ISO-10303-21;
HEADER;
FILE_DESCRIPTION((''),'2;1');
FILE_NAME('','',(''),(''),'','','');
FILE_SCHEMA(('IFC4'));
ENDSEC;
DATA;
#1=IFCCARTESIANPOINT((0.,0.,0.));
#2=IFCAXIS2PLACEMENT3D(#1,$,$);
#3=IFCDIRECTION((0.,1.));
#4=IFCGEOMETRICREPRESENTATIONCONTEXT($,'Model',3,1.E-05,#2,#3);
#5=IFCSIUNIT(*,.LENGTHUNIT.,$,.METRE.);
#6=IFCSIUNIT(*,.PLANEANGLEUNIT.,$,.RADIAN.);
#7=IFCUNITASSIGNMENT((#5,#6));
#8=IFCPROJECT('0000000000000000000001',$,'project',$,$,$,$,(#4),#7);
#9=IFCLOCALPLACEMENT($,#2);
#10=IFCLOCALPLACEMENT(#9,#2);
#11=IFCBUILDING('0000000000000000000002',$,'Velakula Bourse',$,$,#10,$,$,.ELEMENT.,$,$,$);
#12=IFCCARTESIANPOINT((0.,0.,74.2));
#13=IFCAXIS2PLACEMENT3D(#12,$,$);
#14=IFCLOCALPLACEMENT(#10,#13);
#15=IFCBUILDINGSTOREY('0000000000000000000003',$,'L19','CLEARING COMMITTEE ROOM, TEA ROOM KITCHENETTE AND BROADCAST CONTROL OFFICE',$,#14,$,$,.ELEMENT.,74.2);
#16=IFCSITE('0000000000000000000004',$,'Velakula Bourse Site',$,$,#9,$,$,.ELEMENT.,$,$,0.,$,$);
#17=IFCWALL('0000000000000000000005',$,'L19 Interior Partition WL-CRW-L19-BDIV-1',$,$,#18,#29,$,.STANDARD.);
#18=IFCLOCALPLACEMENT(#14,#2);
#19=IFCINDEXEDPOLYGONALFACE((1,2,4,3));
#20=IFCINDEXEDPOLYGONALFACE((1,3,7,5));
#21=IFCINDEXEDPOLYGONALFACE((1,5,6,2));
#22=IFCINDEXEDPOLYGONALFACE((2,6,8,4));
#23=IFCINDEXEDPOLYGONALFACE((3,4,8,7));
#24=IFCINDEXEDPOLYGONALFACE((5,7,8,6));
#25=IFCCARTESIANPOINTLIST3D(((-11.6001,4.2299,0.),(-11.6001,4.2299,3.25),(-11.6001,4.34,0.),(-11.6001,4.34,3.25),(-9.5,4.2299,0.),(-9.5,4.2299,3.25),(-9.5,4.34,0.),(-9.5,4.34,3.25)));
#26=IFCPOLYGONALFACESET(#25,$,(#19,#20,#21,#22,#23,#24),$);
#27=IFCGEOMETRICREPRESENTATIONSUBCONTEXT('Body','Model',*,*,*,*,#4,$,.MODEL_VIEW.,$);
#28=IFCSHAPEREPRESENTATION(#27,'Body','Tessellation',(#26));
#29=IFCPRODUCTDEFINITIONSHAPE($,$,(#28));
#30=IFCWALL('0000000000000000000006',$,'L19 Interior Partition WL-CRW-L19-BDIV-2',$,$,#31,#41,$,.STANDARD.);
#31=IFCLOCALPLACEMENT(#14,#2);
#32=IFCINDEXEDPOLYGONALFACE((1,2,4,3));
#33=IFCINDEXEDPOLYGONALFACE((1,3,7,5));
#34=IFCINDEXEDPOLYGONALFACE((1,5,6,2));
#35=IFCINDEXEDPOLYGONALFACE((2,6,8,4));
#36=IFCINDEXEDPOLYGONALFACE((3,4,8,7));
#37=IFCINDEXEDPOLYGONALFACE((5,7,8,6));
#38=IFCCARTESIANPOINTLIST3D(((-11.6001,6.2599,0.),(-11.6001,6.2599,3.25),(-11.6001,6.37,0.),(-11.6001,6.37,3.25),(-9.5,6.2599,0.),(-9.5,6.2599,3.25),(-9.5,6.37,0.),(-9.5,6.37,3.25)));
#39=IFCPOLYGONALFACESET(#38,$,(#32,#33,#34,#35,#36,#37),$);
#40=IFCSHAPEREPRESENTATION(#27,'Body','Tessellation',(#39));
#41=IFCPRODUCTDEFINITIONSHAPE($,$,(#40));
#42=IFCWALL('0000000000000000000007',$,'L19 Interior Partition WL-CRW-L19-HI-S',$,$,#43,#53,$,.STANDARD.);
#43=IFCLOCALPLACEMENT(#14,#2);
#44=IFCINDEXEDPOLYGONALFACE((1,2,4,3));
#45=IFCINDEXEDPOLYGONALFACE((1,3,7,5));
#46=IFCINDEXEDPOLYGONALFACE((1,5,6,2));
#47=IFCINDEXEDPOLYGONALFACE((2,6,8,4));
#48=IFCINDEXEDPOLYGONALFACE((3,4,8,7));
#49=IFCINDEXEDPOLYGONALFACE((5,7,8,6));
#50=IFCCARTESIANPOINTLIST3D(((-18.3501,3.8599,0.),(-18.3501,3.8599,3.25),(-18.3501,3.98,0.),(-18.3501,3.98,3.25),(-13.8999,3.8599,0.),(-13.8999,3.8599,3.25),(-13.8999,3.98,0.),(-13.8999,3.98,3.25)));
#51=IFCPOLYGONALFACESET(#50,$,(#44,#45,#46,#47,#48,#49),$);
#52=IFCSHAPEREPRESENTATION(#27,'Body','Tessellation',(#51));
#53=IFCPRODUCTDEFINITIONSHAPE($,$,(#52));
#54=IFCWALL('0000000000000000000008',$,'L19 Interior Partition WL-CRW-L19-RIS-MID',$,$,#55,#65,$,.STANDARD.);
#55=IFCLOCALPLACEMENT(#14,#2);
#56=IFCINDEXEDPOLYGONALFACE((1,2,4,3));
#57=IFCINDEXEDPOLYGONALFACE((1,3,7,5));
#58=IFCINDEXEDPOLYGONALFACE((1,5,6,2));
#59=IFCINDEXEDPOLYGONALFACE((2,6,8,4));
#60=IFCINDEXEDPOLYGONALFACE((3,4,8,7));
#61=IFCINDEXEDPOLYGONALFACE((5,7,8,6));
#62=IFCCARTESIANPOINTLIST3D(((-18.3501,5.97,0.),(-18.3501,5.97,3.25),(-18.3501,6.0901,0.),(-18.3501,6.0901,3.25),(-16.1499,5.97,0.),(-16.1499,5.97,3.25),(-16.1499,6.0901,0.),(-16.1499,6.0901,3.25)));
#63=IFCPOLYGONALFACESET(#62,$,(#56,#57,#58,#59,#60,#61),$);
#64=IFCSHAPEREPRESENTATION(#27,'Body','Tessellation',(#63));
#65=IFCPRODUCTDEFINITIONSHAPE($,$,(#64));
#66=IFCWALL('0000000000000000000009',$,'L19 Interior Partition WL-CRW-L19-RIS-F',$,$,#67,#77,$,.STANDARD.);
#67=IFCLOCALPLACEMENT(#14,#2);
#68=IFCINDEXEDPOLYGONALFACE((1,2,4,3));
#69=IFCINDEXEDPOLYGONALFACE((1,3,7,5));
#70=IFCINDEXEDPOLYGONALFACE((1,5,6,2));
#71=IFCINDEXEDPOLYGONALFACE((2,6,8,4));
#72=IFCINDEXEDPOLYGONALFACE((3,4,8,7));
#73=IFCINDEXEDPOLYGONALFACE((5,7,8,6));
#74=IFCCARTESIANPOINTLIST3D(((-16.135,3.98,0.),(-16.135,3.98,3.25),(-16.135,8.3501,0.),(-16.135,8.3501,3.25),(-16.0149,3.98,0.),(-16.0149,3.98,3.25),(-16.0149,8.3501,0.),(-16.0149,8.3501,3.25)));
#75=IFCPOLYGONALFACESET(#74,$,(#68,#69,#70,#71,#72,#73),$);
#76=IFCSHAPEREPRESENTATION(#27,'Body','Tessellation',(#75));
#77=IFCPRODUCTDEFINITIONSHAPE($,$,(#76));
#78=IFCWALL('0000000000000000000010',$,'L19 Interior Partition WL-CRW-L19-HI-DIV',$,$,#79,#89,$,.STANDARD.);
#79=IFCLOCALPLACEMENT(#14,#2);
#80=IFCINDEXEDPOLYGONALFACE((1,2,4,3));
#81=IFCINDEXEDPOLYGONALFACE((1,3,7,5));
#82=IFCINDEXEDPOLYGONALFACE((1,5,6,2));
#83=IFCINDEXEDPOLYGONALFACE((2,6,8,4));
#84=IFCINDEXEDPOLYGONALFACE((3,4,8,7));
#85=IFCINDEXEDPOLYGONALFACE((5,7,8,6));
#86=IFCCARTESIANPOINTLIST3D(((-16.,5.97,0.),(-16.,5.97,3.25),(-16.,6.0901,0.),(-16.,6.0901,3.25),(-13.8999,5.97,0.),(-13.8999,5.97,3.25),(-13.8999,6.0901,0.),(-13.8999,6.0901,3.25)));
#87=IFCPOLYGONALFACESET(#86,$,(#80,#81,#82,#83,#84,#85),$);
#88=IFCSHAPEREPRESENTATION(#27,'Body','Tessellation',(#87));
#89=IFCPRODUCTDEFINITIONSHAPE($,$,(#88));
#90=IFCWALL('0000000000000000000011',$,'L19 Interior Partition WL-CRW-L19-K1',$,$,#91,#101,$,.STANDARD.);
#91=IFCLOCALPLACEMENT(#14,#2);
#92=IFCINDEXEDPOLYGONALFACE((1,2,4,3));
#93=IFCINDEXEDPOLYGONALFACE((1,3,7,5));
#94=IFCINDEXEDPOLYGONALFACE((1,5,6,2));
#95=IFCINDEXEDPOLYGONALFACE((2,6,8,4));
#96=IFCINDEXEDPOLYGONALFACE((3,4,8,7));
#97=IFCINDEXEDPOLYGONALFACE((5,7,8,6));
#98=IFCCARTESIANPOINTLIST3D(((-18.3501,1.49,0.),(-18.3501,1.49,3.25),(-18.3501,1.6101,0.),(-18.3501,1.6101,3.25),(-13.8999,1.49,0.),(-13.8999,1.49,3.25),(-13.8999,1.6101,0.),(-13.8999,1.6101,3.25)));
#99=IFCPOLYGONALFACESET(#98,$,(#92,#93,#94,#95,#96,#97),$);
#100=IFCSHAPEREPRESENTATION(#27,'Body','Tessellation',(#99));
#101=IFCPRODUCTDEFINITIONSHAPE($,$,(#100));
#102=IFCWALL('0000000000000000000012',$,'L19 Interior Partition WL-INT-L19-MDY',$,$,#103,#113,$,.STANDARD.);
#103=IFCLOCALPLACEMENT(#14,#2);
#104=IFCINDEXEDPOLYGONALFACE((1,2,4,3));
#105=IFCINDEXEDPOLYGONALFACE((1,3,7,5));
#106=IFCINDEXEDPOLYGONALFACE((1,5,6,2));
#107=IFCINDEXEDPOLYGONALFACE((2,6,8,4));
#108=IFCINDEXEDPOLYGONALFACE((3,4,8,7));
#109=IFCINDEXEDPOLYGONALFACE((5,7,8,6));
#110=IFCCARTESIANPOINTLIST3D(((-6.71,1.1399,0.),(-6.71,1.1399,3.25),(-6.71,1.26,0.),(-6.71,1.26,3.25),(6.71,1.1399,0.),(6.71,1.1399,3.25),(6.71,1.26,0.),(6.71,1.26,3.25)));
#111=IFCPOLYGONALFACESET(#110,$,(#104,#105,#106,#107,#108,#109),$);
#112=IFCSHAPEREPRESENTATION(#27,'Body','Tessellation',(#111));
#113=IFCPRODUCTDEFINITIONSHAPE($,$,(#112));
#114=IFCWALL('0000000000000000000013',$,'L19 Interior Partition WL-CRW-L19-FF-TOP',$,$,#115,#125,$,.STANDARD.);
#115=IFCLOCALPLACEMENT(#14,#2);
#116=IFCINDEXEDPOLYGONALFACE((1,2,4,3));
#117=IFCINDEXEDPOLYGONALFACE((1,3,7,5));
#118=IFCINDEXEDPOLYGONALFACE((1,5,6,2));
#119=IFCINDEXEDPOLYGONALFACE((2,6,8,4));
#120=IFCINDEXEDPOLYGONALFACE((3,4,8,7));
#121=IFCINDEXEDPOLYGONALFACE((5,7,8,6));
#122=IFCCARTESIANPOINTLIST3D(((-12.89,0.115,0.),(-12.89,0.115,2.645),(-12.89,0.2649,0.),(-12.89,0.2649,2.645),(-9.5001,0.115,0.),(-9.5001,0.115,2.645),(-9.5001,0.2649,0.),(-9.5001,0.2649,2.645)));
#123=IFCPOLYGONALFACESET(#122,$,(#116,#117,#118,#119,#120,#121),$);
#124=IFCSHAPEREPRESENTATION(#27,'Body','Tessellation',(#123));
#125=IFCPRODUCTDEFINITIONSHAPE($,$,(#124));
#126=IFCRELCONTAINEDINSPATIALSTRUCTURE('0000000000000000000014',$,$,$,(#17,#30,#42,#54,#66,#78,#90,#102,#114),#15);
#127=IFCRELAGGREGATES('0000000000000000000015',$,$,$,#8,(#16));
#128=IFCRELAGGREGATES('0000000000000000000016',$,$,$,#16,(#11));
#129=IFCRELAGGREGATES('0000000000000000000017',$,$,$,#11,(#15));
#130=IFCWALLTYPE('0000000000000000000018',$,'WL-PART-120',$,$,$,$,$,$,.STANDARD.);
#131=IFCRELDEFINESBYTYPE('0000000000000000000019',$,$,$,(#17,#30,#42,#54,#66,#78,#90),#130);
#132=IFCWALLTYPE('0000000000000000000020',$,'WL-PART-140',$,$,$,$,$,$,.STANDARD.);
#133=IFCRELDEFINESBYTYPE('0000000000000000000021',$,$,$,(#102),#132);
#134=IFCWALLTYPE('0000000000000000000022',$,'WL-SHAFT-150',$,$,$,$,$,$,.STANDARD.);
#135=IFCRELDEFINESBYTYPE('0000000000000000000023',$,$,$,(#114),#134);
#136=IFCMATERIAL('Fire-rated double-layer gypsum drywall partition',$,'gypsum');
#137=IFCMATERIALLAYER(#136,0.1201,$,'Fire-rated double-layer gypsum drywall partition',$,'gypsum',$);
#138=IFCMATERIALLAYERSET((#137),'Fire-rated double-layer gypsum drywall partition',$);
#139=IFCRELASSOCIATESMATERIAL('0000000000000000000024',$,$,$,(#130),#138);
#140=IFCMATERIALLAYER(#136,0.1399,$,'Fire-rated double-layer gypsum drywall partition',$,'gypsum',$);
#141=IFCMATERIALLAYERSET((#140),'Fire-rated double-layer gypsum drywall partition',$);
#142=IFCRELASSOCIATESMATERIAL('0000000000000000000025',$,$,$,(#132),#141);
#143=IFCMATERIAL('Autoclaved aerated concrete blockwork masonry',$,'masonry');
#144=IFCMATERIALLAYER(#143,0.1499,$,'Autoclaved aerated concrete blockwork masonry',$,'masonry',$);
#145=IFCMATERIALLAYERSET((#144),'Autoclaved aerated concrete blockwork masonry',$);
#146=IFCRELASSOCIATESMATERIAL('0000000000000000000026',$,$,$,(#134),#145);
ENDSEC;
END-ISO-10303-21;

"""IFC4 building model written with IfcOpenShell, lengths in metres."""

from ifc_helpers import new_model, si_unit, direction, frame, frame_2d, origin, place, context, subcontext, project, spatial, rectangle, extrude, material, layer, layer_set, type_object, element, save


model = new_model("IFC4")

# Units and contexts
model_context = context("Model", 3, precision=1e-05, world=origin(), true_north=direction((0.0, 1.0)))
body_context = subcontext(model_context, "Body", "Model", "MODEL_VIEW")
ifc_project = project(units=[si_unit("LENGTHUNIT", "METRE"), si_unit("PLANEANGLEUNIT", "RADIAN")], contexts=[model_context])

# Site, building, storey
site_placement = place(None, origin())
site = spatial("IfcSite", under=ifc_project, at=site_placement, Name="Velakula Bourse Site", CompositionType="ELEMENT", RefElevation=0.0)
building_placement = place(site_placement, origin())
building = spatial("IfcBuilding", under=site, at=building_placement, Name="Velakula Bourse", CompositionType="ELEMENT")
storey_placement = place(building_placement, frame((0.0, 0.0, 74.2)))
storey = spatial("IfcBuildingStorey", under=building, at=storey_placement, Name="L19", Description="CLEARING COMMITTEE ROOM, TEA ROOM KITCHENETTE AND BROADCAST CONTROL OFFICE", CompositionType="ELEMENT", Elevation=74.2)

# Walls
ifc_material_1 = material(Name="Fire-rated double-layer gypsum drywall partition", Category="gypsum")
ifc_layer_1 = layer(ifc_material_1, 0.1201, Name="Fire-rated double-layer gypsum drywall partition", Category="gypsum")
ifc_layer_set_1 = layer_set([ifc_layer_1], Name="Fire-rated double-layer gypsum drywall partition")
wall_type_1 = type_object("IfcWallType", Name="WL-PART-120", PredefinedType="STANDARD", material=ifc_layer_set_1)
for number, where, z_axis, x_axis, name in (
    (1, (-11.6001, 4.2849, 0.0), (0.0, 0.0, 1.0), (1.0, 0.0, 0.0), "L19 Interior Partition WL-CRW-L19-BDIV-1"),
    (2, (-11.6001, 6.3149, 0.0), (0.0, 0.0, 1.0), (1.0, 0.0, 0.0), "L19 Interior Partition WL-CRW-L19-BDIV-2"),
):
    element("IfcWall", number, at=place(storey_placement, frame(where, z_axis=z_axis, x_axis=x_axis)), inside=storey, type_object=wall_type_1, Name=name, PredefinedType="STANDARD", context=body_context, shape_type="SweptSolid", body=[
        extrude(rectangle(XDim=2.1001, YDim=0.1101, at=frame_2d((1.05, 0.0))), origin(), (0.0, 0.0, 1.0), 3.25),
    ])
wall_1_placement = place(storey_placement, frame((-18.3501, 3.9199, 0.0), z_axis=(0.0, 0.0, 1.0), x_axis=(1.0, 0.0, 0.0)))
element("IfcWall", 3, at=wall_1_placement, inside=storey, type_object=wall_type_1, Name="L19 Interior Partition WL-CRW-L19-HI-S", PredefinedType="STANDARD", context=body_context, shape_type="SweptSolid", body=[
    extrude(rectangle(XDim=4.4502, YDim=0.1201, at=frame_2d((2.2251, 0.0))), origin(), (0.0, 0.0, 1.0), 3.25),
])
wall_2_placement = place(storey_placement, frame((-18.3501, 6.03, 0.0), z_axis=(0.0, 0.0, 1.0), x_axis=(1.0, 0.0, 0.0)))
element("IfcWall", 4, at=wall_2_placement, inside=storey, type_object=wall_type_1, Name="L19 Interior Partition WL-CRW-L19-RIS-MID", PredefinedType="STANDARD", context=body_context, shape_type="SweptSolid", body=[
    extrude(rectangle(XDim=2.2002, YDim=0.1201, at=frame_2d((1.1001, 0.0))), origin(), (0.0, 0.0, 1.0), 3.25),
])
wall_3_placement = place(storey_placement, frame((-16.075, 3.98, 0.0), z_axis=(0.0, 0.0, 1.0), x_axis=(0.0, 1.0, 0.0)))
element("IfcWall", 5, at=wall_3_placement, inside=storey, type_object=wall_type_1, Name="L19 Interior Partition WL-CRW-L19-RIS-F", PredefinedType="STANDARD", context=body_context, shape_type="SweptSolid", body=[
    extrude(rectangle(XDim=4.3701, YDim=0.1201, at=frame_2d((2.1851, 0.0))), origin(), (0.0, 0.0, 1.0), 3.25),
])
wall_4_placement = place(storey_placement, frame((-16.0, 6.03, 0.0), z_axis=(0.0, 0.0, 1.0), x_axis=(1.0, 0.0, 0.0)))
element("IfcWall", 6, at=wall_4_placement, inside=storey, type_object=wall_type_1, Name="L19 Interior Partition WL-CRW-L19-HI-DIV", PredefinedType="STANDARD", context=body_context, shape_type="SweptSolid", body=[
    extrude(rectangle(XDim=2.1001, YDim=0.1201, at=frame_2d((1.05, 0.0))), origin(), (0.0, 0.0, 1.0), 3.25),
])
wall_5_placement = place(storey_placement, frame((-18.3501, 1.55, 0.0), z_axis=(0.0, 0.0, 1.0), x_axis=(1.0, 0.0, 0.0)))
element("IfcWall", 7, at=wall_5_placement, inside=storey, type_object=wall_type_1, Name="L19 Interior Partition WL-CRW-L19-K1", PredefinedType="STANDARD", context=body_context, shape_type="SweptSolid", body=[
    extrude(rectangle(XDim=4.4502, YDim=0.1201, at=frame_2d((2.2251, 0.0))), origin(), (0.0, 0.0, 1.0), 3.25),
])
ifc_layer_2 = layer(ifc_material_1, 0.1399, Name="Fire-rated double-layer gypsum drywall partition", Category="gypsum")
ifc_layer_set_2 = layer_set([ifc_layer_2], Name="Fire-rated double-layer gypsum drywall partition")
wall_type_2 = type_object("IfcWallType", Name="WL-PART-140", PredefinedType="STANDARD", material=ifc_layer_set_2)
wall_6_placement = place(storey_placement, frame((-6.71, 1.2, 0.0), z_axis=(0.0, 0.0, 1.0), x_axis=(1.0, 0.0, 0.0)))
element("IfcWall", 8, at=wall_6_placement, inside=storey, type_object=wall_type_2, Name="L19 Interior Partition WL-INT-L19-MDY", PredefinedType="STANDARD", context=body_context, shape_type="SweptSolid", body=[
    extrude(rectangle(XDim=13.4199, YDim=0.1201, at=frame_2d((6.71, 0.0))), origin(), (0.0, 0.0, 1.0), 3.25),
])
ifc_material_2 = material(Name="Autoclaved aerated concrete blockwork masonry", Category="masonry")
ifc_layer_3 = layer(ifc_material_2, 0.1499, Name="Autoclaved aerated concrete blockwork masonry", Category="masonry")
ifc_layer_set_3 = layer_set([ifc_layer_3], Name="Autoclaved aerated concrete blockwork masonry")
wall_type_3 = type_object("IfcWallType", Name="WL-SHAFT-150", PredefinedType="STANDARD", material=ifc_layer_set_3)
wall_7_placement = place(storey_placement, frame((-12.8899, 0.1899, 0.0), z_axis=(0.0, 0.0, 1.0), x_axis=(1.0, 0.0, 0.0)))
element("IfcWall", 9, at=wall_7_placement, inside=storey, type_object=wall_type_3, Name="L19 Interior Partition WL-CRW-L19-FF-TOP", PredefinedType="STANDARD", context=body_context, shape_type="SweptSolid", body=[
    extrude(rectangle(XDim=3.3899, YDim=0.1499, at=frame_2d((1.6948, 0.0))), origin(), (0.0, 0.0, 1.0), 2.645),
])

save(model, "model.ifc")
